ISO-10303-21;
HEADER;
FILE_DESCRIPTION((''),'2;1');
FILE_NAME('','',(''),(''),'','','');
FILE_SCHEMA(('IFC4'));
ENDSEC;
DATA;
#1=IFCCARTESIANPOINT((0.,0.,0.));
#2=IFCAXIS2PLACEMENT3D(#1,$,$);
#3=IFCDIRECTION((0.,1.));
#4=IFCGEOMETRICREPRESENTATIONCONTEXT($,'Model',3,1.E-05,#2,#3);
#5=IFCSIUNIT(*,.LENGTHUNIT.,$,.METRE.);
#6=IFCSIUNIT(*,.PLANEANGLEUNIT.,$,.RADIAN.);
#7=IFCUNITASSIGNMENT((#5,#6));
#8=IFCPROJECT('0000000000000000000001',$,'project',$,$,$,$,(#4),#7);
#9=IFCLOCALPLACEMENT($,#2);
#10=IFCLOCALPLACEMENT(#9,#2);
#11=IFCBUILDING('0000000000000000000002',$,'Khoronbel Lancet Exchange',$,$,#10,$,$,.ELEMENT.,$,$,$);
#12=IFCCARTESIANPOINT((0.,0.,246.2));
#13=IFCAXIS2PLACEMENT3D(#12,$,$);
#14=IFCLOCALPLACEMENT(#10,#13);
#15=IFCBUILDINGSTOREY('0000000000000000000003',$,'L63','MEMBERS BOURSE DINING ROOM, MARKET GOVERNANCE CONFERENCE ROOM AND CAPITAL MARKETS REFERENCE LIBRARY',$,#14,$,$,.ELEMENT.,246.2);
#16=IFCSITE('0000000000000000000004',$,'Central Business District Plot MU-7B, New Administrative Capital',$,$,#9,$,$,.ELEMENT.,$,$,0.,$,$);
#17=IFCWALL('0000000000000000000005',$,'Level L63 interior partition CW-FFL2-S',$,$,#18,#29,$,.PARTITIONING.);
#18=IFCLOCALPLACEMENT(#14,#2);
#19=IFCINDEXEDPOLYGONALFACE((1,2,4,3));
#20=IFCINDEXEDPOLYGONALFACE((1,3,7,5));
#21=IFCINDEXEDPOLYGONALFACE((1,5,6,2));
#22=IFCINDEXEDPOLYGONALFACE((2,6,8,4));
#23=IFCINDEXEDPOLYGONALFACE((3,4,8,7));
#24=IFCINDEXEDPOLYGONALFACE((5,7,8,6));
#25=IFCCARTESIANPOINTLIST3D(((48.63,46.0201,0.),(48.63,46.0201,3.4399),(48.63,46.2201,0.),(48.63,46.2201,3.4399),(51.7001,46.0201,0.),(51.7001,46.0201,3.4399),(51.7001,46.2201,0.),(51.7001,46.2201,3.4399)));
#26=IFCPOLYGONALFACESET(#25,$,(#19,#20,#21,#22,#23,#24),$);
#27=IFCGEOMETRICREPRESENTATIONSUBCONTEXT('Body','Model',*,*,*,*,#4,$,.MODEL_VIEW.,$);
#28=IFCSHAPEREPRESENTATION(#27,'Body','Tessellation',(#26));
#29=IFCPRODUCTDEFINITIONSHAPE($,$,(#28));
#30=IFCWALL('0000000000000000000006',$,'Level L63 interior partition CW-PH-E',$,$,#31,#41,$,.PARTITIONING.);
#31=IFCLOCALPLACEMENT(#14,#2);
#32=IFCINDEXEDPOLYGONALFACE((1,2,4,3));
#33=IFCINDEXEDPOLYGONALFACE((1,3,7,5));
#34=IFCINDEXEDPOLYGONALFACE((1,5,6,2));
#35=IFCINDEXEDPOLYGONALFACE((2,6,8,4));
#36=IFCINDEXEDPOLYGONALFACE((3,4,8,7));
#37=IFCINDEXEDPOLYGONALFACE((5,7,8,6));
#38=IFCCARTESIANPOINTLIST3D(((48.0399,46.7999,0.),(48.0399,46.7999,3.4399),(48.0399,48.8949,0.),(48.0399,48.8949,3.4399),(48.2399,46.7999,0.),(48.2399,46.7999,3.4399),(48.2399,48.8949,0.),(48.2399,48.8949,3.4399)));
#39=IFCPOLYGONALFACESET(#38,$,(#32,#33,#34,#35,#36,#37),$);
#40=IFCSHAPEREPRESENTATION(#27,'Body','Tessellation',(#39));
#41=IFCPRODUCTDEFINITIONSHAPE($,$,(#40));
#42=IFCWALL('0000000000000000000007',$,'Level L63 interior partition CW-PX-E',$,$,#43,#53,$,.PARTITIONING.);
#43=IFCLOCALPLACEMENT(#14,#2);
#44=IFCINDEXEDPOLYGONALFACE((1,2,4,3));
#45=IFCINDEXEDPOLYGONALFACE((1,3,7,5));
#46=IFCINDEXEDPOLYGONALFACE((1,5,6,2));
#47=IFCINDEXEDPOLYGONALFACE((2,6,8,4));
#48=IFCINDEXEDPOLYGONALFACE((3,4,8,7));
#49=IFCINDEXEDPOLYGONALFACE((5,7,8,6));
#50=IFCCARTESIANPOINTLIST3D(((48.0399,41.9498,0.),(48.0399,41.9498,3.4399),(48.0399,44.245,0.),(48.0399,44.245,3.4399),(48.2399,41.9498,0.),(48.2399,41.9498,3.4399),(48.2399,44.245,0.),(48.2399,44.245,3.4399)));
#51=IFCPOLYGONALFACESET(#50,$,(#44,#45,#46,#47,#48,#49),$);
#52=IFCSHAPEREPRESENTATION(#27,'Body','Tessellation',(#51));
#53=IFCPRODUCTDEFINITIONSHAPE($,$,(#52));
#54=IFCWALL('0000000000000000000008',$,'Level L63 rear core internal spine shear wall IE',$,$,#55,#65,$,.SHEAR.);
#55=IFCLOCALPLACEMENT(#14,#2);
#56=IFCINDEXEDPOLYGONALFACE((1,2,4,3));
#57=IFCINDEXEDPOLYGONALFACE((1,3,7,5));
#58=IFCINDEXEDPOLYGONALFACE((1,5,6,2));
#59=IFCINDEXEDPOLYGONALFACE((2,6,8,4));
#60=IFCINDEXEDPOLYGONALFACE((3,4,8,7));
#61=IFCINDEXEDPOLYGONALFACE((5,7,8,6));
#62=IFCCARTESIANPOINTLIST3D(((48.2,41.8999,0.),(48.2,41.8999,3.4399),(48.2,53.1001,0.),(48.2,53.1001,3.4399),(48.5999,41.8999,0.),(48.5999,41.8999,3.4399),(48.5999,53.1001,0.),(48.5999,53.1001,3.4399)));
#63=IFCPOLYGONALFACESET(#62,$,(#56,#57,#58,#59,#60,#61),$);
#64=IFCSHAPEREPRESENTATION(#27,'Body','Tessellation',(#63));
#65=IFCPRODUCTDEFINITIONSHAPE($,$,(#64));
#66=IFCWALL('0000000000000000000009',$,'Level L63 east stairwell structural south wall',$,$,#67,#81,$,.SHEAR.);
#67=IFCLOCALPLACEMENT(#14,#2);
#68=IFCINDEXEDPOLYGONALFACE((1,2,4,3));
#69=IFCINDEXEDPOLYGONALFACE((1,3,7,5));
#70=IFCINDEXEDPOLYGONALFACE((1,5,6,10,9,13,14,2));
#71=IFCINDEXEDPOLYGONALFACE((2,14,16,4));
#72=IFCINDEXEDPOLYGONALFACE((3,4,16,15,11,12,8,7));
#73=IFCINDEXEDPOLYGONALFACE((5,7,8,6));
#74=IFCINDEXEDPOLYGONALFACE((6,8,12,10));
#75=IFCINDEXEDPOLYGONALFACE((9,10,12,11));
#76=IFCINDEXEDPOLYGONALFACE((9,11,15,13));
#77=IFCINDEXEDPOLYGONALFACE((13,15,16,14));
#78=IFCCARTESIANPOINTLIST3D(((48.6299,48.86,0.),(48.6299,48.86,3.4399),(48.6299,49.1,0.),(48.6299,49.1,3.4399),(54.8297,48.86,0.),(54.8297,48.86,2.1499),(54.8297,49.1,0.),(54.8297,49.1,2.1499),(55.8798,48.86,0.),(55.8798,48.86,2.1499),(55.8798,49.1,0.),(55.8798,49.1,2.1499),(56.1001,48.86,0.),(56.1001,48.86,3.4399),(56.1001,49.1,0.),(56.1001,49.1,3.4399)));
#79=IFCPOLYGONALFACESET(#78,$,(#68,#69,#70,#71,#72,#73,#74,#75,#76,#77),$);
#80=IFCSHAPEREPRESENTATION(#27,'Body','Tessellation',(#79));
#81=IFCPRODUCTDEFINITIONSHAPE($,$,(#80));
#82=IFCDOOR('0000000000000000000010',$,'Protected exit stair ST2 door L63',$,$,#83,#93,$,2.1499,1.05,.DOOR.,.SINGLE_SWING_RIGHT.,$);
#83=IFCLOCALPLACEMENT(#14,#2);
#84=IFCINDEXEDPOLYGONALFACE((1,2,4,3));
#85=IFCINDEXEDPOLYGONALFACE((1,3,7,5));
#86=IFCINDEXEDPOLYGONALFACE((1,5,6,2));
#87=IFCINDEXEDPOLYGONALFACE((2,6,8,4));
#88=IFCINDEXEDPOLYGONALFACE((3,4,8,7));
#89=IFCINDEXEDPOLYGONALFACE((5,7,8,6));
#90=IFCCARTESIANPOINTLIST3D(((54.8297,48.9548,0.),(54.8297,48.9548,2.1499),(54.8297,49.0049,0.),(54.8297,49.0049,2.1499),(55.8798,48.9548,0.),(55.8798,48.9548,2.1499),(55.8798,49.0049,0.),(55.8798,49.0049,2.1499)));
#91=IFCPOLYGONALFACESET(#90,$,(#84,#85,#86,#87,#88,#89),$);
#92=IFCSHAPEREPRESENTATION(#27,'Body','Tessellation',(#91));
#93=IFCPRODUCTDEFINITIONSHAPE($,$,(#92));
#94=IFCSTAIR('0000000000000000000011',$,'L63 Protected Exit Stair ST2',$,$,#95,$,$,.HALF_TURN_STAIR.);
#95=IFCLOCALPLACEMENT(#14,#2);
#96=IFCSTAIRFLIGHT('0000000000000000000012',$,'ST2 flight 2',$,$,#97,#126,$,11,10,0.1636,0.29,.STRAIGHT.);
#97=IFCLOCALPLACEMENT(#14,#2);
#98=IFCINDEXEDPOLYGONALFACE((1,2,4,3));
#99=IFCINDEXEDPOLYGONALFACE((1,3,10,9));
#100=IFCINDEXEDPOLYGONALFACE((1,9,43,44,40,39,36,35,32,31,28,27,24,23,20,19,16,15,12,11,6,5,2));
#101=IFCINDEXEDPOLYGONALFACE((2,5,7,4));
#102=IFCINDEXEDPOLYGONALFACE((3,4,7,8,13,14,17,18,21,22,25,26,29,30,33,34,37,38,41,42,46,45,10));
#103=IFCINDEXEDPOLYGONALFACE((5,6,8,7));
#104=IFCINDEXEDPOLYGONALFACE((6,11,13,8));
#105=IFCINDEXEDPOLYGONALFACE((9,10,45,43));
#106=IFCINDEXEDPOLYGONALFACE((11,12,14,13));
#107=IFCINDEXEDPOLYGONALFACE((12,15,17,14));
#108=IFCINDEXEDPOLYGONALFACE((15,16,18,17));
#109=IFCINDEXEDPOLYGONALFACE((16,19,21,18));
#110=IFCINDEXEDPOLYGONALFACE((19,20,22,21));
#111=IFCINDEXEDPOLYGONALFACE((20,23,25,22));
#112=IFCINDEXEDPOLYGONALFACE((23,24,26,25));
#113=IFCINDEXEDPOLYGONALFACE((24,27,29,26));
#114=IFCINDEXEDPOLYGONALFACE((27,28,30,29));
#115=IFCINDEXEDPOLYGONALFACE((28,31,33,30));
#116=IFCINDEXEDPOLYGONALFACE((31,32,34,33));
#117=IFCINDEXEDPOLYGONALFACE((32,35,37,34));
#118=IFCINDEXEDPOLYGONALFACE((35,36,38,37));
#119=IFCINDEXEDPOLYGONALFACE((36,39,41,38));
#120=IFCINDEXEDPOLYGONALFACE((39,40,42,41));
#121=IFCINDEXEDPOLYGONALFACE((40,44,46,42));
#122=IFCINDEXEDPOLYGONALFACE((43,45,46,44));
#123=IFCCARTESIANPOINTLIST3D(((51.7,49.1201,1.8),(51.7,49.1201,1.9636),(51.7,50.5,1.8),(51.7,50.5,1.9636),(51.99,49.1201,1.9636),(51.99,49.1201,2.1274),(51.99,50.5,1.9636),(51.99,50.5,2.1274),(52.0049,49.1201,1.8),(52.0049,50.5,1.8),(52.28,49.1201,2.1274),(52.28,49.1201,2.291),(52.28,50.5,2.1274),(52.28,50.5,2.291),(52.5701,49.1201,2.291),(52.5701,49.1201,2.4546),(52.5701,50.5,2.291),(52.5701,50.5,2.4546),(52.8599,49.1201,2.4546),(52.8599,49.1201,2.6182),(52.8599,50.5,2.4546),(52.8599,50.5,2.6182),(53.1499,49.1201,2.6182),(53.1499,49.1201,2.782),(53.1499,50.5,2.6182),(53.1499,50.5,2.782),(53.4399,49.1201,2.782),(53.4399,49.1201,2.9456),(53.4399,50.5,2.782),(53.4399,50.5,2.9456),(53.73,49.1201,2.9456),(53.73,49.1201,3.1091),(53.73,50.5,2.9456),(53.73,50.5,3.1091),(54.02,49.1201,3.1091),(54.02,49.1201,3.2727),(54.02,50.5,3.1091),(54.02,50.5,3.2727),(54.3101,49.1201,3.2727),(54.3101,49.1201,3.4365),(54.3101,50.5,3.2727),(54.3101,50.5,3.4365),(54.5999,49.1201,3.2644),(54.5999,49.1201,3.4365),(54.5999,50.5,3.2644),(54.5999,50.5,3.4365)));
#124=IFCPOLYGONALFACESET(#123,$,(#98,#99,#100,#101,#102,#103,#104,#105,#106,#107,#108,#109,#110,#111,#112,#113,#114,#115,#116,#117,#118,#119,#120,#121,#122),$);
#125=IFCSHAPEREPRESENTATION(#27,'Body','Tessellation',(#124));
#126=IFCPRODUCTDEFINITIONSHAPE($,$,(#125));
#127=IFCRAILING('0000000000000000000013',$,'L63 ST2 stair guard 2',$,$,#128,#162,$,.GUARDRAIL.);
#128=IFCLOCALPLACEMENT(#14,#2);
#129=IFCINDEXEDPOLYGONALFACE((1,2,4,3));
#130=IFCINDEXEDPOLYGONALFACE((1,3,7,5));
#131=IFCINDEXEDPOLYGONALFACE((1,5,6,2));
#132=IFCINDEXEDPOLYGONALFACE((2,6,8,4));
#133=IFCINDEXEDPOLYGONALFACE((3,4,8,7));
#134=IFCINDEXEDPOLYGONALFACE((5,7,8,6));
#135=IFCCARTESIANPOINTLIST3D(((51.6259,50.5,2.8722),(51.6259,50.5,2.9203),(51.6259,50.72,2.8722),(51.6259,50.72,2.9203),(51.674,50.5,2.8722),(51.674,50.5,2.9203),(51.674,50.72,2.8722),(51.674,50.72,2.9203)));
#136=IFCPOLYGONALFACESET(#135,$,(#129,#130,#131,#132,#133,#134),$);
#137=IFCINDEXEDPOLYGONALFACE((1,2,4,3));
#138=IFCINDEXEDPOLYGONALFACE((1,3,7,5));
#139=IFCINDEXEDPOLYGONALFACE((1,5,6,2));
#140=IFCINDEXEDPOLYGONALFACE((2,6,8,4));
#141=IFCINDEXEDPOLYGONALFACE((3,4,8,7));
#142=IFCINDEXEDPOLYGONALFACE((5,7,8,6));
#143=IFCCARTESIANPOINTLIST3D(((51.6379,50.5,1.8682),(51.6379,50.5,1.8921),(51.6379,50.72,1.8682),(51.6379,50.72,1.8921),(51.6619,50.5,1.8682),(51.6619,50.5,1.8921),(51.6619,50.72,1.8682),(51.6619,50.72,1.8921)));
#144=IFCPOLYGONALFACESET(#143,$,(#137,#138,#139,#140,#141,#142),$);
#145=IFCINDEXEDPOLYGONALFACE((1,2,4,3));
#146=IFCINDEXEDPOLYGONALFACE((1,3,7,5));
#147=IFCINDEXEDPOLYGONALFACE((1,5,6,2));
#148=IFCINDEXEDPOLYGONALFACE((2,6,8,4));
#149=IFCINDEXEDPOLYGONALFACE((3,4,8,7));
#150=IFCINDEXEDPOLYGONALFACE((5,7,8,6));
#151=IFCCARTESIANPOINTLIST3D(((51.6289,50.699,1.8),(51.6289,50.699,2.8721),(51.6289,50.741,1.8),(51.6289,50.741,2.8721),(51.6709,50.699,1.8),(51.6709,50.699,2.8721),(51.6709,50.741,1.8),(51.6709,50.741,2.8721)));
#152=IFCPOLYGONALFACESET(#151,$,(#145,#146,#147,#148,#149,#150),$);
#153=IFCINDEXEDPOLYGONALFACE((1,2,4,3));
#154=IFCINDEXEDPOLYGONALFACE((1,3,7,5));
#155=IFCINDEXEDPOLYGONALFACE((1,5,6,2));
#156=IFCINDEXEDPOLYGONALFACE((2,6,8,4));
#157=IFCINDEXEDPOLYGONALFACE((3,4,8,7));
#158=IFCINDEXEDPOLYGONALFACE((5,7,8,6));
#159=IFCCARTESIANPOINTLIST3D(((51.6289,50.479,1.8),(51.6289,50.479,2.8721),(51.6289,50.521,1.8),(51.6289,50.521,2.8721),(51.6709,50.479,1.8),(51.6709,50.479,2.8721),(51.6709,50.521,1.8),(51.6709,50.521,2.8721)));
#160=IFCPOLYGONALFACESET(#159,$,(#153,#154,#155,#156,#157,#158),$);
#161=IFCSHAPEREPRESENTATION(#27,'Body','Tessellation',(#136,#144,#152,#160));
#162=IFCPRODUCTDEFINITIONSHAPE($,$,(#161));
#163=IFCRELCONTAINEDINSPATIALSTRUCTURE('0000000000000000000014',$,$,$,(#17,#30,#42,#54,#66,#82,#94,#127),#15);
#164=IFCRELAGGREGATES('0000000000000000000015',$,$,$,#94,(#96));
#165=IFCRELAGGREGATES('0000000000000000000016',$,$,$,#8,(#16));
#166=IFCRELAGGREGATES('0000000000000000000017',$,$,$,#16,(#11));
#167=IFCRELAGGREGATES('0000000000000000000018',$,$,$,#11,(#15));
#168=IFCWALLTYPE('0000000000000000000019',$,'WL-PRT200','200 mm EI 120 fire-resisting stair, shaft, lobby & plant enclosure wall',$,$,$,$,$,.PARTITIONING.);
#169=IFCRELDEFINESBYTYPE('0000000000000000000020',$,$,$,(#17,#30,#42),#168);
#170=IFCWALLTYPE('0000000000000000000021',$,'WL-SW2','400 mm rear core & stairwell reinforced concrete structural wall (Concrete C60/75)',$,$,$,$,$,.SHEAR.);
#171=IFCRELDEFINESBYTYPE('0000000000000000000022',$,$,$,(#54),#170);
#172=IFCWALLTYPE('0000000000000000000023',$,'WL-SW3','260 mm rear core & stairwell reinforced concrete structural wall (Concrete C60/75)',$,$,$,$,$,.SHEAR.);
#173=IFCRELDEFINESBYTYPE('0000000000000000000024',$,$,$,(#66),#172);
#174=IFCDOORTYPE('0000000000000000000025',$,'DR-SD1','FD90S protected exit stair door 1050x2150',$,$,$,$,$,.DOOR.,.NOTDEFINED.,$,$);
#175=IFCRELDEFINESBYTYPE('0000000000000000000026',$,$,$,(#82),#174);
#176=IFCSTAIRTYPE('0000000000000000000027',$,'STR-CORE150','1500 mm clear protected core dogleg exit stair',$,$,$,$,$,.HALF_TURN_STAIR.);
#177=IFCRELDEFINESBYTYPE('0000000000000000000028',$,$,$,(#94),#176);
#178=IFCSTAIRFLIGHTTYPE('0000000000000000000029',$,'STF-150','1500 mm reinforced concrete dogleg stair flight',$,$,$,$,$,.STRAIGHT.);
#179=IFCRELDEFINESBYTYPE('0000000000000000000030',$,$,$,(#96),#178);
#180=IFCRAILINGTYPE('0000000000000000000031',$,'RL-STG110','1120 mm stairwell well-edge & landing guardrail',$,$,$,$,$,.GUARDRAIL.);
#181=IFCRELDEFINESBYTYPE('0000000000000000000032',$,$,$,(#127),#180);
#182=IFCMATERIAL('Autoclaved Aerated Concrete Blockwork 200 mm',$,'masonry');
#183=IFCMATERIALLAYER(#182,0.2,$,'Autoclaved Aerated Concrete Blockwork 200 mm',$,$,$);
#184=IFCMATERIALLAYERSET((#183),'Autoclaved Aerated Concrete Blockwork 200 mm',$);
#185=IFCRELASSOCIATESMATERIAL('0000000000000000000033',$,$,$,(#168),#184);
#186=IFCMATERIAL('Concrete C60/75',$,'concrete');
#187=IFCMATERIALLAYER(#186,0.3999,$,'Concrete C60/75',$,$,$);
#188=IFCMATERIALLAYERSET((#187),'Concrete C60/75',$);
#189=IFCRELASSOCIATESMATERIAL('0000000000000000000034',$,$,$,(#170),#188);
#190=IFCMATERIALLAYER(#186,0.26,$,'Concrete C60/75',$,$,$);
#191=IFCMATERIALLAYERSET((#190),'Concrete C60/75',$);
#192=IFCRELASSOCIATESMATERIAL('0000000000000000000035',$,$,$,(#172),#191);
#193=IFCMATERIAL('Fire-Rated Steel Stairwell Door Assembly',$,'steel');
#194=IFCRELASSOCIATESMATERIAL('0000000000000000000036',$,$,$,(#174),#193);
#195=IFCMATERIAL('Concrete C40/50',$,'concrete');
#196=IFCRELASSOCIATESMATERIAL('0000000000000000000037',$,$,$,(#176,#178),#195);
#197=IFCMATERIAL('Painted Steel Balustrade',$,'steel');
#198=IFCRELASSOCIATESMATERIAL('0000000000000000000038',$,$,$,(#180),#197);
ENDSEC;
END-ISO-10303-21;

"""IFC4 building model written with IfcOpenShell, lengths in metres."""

from ifc_helpers import new_model, si_unit, direction, frame, frame_2d, origin, origin_2d, place, context, subcontext, project, spatial, polyline, rectangle, outline, extrude, material, layer, layer_set, type_object, element, fill, aggregate, save


model = new_model("IFC4")

# Units and contexts
model_context = context("Model", 3, precision=1e-05, world=origin(), true_north=direction((0.0, 1.0)))
body_context = subcontext(model_context, "Body", "Model", "MODEL_VIEW")
ifc_project = project(units=[si_unit("LENGTHUNIT", "METRE"), si_unit("PLANEANGLEUNIT", "RADIAN")], contexts=[model_context])

# Site, building, storey
site_placement = place(None, origin())
site = spatial("IfcSite", under=ifc_project, at=site_placement, Name="Central Business District Plot MU-7B, New Administrative Capital", CompositionType="ELEMENT", RefElevation=0.0)
building_placement = place(site_placement, origin())
building = spatial("IfcBuilding", under=site, at=building_placement, Name="Khoronbel Lancet Exchange", CompositionType="ELEMENT")
storey_placement = place(building_placement, frame((0.0, 0.0, 246.2)))
storey = spatial("IfcBuildingStorey", under=building, at=storey_placement, Name="L63", Description="MEMBERS BOURSE DINING ROOM, MARKET GOVERNANCE CONFERENCE ROOM AND CAPITAL MARKETS REFERENCE LIBRARY", CompositionType="ELEMENT", Elevation=246.2)

# Shared definitions
ifc_material_1 = material(Name="Autoclaved Aerated Concrete Blockwork 200 mm", Category="masonry")
ifc_layer_1 = layer(ifc_material_1, 0.2, Name="Autoclaved Aerated Concrete Blockwork 200 mm")
ifc_layer_set_1 = layer_set([ifc_layer_1], Name="Autoclaved Aerated Concrete Blockwork 200 mm")
wall_type_1 = type_object("IfcWallType", Name="WL-PRT200", Description="200 mm EI 120 fire-resisting stair, shaft, lobby & plant enclosure wall", PredefinedType="PARTITIONING", material=ifc_layer_set_1)

# Walls
wall_1_placement = place(storey_placement, frame((48.6299, 46.1201, 0.0), z_axis=(0.0, 0.0, 1.0), x_axis=(1.0, 0.0, 0.0)))
element("IfcWall", 1, at=wall_1_placement, inside=storey, type_object=wall_type_1, Name="Level L63 interior partition CW-FFL2-S", PredefinedType="PARTITIONING", context=body_context, shape_type="SweptSolid", body=[
    extrude(rectangle(XDim=3.0701, YDim=0.2, at=frame_2d((1.5352, 0.0))), origin(), (0.0, 0.0, 1.0), 3.4399),
])
wall_2_placement = place(storey_placement, frame((48.1399, 46.8, 0.0), z_axis=(0.0, 0.0, 1.0), x_axis=(0.0, 1.0, 0.0)))
element("IfcWall", 2, at=wall_2_placement, inside=storey, type_object=wall_type_1, Name="Level L63 interior partition CW-PH-E", PredefinedType="PARTITIONING", context=body_context, shape_type="SweptSolid", body=[
    extrude(rectangle(XDim=2.095, YDim=0.2, at=frame_2d((1.0474, 0.0))), origin(), (0.0, 0.0, 1.0), 3.4399),
])
wall_3_placement = place(storey_placement, frame((48.1399, 41.95, 0.0), z_axis=(0.0, 0.0, 1.0), x_axis=(0.0, 1.0, 0.0)))
element("IfcWall", 3, at=wall_3_placement, inside=storey, type_object=wall_type_1, Name="Level L63 interior partition CW-PX-E", PredefinedType="PARTITIONING", context=body_context, shape_type="SweptSolid", body=[
    extrude(rectangle(XDim=2.2952, YDim=0.2, at=frame_2d((1.1475, 0.0))), origin(), (0.0, 0.0, 1.0), 3.4399),
])
ifc_material_2 = material(Name="Concrete C60/75", Category="concrete")
ifc_layer_2 = layer(ifc_material_2, 0.3999, Name="Concrete C60/75")
ifc_layer_set_2 = layer_set([ifc_layer_2], Name="Concrete C60/75")
wall_type_2 = type_object("IfcWallType", Name="WL-SW2", Description="400 mm rear core & stairwell reinforced concrete structural wall (Concrete C60/75)", PredefinedType="SHEAR", material=ifc_layer_set_2)
wall_4_placement = place(storey_placement, frame((48.3999, 41.8999, 0.0), z_axis=(0.0, 0.0, 1.0), x_axis=(0.0, 1.0, 0.0)))
element("IfcWall", 4, at=wall_4_placement, inside=storey, type_object=wall_type_2, Name="Level L63 rear core internal spine shear wall IE", PredefinedType="SHEAR", context=body_context, shape_type="SweptSolid", body=[
    extrude(rectangle(XDim=11.2002, YDim=0.3999, at=frame_2d((5.6001, 0.0))), origin(), (0.0, 0.0, 1.0), 3.4399),
])

# Wall, opening, door
ifc_layer_3 = layer(ifc_material_2, 0.26, Name="Concrete C60/75")
ifc_layer_set_3 = layer_set([ifc_layer_3], Name="Concrete C60/75")
wall_type_3 = type_object("IfcWallType", Name="WL-SW3", Description="260 mm rear core & stairwell reinforced concrete structural wall (Concrete C60/75)", PredefinedType="SHEAR", material=ifc_layer_set_3)
wall_5_placement = place(storey_placement, frame((48.6299, 48.98, 0.0), z_axis=(0.0, 0.0, 1.0), x_axis=(1.0, 0.0, 0.0)))
wall_5 = element("IfcWall", 5, at=wall_5_placement, inside=storey, type_object=wall_type_3, Name="Level L63 east stairwell structural south wall", PredefinedType="SHEAR", context=body_context, shape_type="SweptSolid", body=[
    extrude(rectangle(XDim=7.4702, YDim=0.24, at=frame_2d((3.7351, 0.0))), origin(), (0.0, 0.0, 1.0), 3.4399),
])
opening_1_placement = place(wall_5_placement, frame((6.2, 0.0, 0.0)))
opening_1 = element("IfcOpeningElement", 6, at=opening_1_placement, cuts=wall_5, PredefinedType="OPENING", context=body_context, shape_type="SweptSolid", body=[
    extrude(rectangle(XDim=1.05, YDim=2.1499, at=frame_2d((0.5249, 1.075))), frame((0.0, 0.1299, 0.0), z_axis=(0.0, -1.0, 0.0), x_axis=(1.0, 0.0, 0.0)), (0.0, 0.0, 1.0), 0.26),
])
ifc_material_3 = material(Name="Fire-Rated Steel Stairwell Door Assembly", Category="steel")
door_type_1 = type_object("IfcDoorType", Name="DR-SD1", Description="FD90S protected exit stair door 1050x2150", OperationType="NOTDEFINED", PredefinedType="DOOR", material=ifc_material_3)
door_1_placement = place(opening_1_placement, origin())
door_1 = element("IfcDoor", 7, at=door_1_placement, inside=storey, type_object=door_type_1, Name="Protected exit stair ST2 door L63", OperationType="SINGLE_SWING_RIGHT", OverallHeight=2.1499, OverallWidth=1.05, PredefinedType="DOOR", context=body_context, shape_type="SweptSolid", body=[
    extrude(rectangle(XDim=1.05, YDim=2.1499, at=frame_2d((0.5249, 1.075))), frame((0.0, 0.0249, 0.0), z_axis=(0.0, -1.0, 0.0), x_axis=(1.0, 0.0, 0.0)), (0.0, 0.0, 1.0), 0.05),
])
fill(opening_1, door_1)

# Stair, stair flight
ifc_material_4 = material(Name="Concrete C40/50", Category="concrete")
stair_type = type_object("IfcStairType", Name="STR-CORE150", Description="1500 mm clear protected core dogleg exit stair", PredefinedType="HALF_TURN_STAIR", material=ifc_material_4)
stair_placement = place(storey_placement, origin())
stair = element("IfcStair", 8, at=stair_placement, inside=storey, type_object=stair_type, Name="L63 Protected Exit Stair ST2", PredefinedType="HALF_TURN_STAIR")
stair_flight_type = type_object("IfcStairFlightType", Name="STF-150", Description="1500 mm reinforced concrete dogleg stair flight", PredefinedType="STRAIGHT", material=ifc_material_4)
stair_flight_placement = place(storey_placement, frame((51.7, 49.8101, 1.8), z_axis=(0.0, 0.0, 1.0), x_axis=(1.0, 0.0, 0.0)))
stair_flight = element("IfcStairFlight", 9, at=stair_flight_placement, type_object=stair_flight_type, Name="ST2 flight 2", NumberOfRisers=11, NumberOfTreads=10, PredefinedType="STRAIGHT", RiserHeight=0.1636, TreadLength=0.29, context=body_context, shape_type="SweptSolid", body=[
    extrude(outline(polyline([(0.0, 0.0), (0.0, 0.1636), (0.29, 0.1636), (0.29, 0.3274), (0.5801, 0.3274), (0.5801, 0.491), (0.8701, 0.491), (0.8701, 0.6545), (1.1599, 0.6545), (1.1599, 0.8181), (1.45, 0.8181), (1.45, 0.9819), (1.74, 0.9819), (1.74, 1.1455), (2.03, 1.1455), (2.03, 1.3091), (2.3201, 1.3091), (2.3201, 1.4727), (2.6101, 1.4727), (2.6101, 1.6365), (2.8999, 1.6365), (2.8999, 1.8), (2.8999, 1.4644), (0.3049, 0.0), (0.0, 0.0)])), frame((0.0, 0.6899, 0.0), z_axis=(0.0, -1.0, 0.0), x_axis=(1.0, 0.0, 0.0)), (0.0, 0.0, 1.0), 1.3799),
])
aggregate(stair, [stair_flight])

# Railing
ifc_material_5 = material(Name="Painted Steel Balustrade", Category="steel")
railing_type_1 = type_object("IfcRailingType", Name="RL-STG110", Description="1120 mm stairwell well-edge & landing guardrail", PredefinedType="GUARDRAIL", material=ifc_material_5)
railing_1_placement = place(storey_placement, frame((51.6499, 50.72, 1.8)))
element("IfcRailing", 10, at=railing_1_placement, inside=storey, type_object=railing_type_1, Name="L63 ST2 stair guard 2", PredefinedType="GUARDRAIL", context=body_context, shape_type="SweptSolid", body=[
    extrude(rectangle(XDim=0.0481, YDim=0.0481, at=origin_2d()), frame((0.0, 0.0, 1.0962), z_axis=(0.0, -1.0, 0.0), x_axis=(1.0, 0.0, 0.0)), (0.0, 0.0, 1.0), 0.22),
    extrude(rectangle(XDim=0.0239, YDim=0.0239, at=origin_2d()), frame((0.0, 0.0, 0.0801), z_axis=(0.0, -1.0, 0.0), x_axis=(1.0, 0.0, 0.0)), (0.0, 0.0, 1.0), 0.22),
    extrude(rectangle(XDim=0.042, YDim=0.042, at=origin_2d()), origin(), (0.0, 0.0, 1.0), 1.072),
    extrude(rectangle(XDim=0.042, YDim=0.042, at=origin_2d()), frame((0.0, -0.22, 0.0)), (0.0, 0.0, 1.0), 1.072),
])

save(model, "model.ifc")
